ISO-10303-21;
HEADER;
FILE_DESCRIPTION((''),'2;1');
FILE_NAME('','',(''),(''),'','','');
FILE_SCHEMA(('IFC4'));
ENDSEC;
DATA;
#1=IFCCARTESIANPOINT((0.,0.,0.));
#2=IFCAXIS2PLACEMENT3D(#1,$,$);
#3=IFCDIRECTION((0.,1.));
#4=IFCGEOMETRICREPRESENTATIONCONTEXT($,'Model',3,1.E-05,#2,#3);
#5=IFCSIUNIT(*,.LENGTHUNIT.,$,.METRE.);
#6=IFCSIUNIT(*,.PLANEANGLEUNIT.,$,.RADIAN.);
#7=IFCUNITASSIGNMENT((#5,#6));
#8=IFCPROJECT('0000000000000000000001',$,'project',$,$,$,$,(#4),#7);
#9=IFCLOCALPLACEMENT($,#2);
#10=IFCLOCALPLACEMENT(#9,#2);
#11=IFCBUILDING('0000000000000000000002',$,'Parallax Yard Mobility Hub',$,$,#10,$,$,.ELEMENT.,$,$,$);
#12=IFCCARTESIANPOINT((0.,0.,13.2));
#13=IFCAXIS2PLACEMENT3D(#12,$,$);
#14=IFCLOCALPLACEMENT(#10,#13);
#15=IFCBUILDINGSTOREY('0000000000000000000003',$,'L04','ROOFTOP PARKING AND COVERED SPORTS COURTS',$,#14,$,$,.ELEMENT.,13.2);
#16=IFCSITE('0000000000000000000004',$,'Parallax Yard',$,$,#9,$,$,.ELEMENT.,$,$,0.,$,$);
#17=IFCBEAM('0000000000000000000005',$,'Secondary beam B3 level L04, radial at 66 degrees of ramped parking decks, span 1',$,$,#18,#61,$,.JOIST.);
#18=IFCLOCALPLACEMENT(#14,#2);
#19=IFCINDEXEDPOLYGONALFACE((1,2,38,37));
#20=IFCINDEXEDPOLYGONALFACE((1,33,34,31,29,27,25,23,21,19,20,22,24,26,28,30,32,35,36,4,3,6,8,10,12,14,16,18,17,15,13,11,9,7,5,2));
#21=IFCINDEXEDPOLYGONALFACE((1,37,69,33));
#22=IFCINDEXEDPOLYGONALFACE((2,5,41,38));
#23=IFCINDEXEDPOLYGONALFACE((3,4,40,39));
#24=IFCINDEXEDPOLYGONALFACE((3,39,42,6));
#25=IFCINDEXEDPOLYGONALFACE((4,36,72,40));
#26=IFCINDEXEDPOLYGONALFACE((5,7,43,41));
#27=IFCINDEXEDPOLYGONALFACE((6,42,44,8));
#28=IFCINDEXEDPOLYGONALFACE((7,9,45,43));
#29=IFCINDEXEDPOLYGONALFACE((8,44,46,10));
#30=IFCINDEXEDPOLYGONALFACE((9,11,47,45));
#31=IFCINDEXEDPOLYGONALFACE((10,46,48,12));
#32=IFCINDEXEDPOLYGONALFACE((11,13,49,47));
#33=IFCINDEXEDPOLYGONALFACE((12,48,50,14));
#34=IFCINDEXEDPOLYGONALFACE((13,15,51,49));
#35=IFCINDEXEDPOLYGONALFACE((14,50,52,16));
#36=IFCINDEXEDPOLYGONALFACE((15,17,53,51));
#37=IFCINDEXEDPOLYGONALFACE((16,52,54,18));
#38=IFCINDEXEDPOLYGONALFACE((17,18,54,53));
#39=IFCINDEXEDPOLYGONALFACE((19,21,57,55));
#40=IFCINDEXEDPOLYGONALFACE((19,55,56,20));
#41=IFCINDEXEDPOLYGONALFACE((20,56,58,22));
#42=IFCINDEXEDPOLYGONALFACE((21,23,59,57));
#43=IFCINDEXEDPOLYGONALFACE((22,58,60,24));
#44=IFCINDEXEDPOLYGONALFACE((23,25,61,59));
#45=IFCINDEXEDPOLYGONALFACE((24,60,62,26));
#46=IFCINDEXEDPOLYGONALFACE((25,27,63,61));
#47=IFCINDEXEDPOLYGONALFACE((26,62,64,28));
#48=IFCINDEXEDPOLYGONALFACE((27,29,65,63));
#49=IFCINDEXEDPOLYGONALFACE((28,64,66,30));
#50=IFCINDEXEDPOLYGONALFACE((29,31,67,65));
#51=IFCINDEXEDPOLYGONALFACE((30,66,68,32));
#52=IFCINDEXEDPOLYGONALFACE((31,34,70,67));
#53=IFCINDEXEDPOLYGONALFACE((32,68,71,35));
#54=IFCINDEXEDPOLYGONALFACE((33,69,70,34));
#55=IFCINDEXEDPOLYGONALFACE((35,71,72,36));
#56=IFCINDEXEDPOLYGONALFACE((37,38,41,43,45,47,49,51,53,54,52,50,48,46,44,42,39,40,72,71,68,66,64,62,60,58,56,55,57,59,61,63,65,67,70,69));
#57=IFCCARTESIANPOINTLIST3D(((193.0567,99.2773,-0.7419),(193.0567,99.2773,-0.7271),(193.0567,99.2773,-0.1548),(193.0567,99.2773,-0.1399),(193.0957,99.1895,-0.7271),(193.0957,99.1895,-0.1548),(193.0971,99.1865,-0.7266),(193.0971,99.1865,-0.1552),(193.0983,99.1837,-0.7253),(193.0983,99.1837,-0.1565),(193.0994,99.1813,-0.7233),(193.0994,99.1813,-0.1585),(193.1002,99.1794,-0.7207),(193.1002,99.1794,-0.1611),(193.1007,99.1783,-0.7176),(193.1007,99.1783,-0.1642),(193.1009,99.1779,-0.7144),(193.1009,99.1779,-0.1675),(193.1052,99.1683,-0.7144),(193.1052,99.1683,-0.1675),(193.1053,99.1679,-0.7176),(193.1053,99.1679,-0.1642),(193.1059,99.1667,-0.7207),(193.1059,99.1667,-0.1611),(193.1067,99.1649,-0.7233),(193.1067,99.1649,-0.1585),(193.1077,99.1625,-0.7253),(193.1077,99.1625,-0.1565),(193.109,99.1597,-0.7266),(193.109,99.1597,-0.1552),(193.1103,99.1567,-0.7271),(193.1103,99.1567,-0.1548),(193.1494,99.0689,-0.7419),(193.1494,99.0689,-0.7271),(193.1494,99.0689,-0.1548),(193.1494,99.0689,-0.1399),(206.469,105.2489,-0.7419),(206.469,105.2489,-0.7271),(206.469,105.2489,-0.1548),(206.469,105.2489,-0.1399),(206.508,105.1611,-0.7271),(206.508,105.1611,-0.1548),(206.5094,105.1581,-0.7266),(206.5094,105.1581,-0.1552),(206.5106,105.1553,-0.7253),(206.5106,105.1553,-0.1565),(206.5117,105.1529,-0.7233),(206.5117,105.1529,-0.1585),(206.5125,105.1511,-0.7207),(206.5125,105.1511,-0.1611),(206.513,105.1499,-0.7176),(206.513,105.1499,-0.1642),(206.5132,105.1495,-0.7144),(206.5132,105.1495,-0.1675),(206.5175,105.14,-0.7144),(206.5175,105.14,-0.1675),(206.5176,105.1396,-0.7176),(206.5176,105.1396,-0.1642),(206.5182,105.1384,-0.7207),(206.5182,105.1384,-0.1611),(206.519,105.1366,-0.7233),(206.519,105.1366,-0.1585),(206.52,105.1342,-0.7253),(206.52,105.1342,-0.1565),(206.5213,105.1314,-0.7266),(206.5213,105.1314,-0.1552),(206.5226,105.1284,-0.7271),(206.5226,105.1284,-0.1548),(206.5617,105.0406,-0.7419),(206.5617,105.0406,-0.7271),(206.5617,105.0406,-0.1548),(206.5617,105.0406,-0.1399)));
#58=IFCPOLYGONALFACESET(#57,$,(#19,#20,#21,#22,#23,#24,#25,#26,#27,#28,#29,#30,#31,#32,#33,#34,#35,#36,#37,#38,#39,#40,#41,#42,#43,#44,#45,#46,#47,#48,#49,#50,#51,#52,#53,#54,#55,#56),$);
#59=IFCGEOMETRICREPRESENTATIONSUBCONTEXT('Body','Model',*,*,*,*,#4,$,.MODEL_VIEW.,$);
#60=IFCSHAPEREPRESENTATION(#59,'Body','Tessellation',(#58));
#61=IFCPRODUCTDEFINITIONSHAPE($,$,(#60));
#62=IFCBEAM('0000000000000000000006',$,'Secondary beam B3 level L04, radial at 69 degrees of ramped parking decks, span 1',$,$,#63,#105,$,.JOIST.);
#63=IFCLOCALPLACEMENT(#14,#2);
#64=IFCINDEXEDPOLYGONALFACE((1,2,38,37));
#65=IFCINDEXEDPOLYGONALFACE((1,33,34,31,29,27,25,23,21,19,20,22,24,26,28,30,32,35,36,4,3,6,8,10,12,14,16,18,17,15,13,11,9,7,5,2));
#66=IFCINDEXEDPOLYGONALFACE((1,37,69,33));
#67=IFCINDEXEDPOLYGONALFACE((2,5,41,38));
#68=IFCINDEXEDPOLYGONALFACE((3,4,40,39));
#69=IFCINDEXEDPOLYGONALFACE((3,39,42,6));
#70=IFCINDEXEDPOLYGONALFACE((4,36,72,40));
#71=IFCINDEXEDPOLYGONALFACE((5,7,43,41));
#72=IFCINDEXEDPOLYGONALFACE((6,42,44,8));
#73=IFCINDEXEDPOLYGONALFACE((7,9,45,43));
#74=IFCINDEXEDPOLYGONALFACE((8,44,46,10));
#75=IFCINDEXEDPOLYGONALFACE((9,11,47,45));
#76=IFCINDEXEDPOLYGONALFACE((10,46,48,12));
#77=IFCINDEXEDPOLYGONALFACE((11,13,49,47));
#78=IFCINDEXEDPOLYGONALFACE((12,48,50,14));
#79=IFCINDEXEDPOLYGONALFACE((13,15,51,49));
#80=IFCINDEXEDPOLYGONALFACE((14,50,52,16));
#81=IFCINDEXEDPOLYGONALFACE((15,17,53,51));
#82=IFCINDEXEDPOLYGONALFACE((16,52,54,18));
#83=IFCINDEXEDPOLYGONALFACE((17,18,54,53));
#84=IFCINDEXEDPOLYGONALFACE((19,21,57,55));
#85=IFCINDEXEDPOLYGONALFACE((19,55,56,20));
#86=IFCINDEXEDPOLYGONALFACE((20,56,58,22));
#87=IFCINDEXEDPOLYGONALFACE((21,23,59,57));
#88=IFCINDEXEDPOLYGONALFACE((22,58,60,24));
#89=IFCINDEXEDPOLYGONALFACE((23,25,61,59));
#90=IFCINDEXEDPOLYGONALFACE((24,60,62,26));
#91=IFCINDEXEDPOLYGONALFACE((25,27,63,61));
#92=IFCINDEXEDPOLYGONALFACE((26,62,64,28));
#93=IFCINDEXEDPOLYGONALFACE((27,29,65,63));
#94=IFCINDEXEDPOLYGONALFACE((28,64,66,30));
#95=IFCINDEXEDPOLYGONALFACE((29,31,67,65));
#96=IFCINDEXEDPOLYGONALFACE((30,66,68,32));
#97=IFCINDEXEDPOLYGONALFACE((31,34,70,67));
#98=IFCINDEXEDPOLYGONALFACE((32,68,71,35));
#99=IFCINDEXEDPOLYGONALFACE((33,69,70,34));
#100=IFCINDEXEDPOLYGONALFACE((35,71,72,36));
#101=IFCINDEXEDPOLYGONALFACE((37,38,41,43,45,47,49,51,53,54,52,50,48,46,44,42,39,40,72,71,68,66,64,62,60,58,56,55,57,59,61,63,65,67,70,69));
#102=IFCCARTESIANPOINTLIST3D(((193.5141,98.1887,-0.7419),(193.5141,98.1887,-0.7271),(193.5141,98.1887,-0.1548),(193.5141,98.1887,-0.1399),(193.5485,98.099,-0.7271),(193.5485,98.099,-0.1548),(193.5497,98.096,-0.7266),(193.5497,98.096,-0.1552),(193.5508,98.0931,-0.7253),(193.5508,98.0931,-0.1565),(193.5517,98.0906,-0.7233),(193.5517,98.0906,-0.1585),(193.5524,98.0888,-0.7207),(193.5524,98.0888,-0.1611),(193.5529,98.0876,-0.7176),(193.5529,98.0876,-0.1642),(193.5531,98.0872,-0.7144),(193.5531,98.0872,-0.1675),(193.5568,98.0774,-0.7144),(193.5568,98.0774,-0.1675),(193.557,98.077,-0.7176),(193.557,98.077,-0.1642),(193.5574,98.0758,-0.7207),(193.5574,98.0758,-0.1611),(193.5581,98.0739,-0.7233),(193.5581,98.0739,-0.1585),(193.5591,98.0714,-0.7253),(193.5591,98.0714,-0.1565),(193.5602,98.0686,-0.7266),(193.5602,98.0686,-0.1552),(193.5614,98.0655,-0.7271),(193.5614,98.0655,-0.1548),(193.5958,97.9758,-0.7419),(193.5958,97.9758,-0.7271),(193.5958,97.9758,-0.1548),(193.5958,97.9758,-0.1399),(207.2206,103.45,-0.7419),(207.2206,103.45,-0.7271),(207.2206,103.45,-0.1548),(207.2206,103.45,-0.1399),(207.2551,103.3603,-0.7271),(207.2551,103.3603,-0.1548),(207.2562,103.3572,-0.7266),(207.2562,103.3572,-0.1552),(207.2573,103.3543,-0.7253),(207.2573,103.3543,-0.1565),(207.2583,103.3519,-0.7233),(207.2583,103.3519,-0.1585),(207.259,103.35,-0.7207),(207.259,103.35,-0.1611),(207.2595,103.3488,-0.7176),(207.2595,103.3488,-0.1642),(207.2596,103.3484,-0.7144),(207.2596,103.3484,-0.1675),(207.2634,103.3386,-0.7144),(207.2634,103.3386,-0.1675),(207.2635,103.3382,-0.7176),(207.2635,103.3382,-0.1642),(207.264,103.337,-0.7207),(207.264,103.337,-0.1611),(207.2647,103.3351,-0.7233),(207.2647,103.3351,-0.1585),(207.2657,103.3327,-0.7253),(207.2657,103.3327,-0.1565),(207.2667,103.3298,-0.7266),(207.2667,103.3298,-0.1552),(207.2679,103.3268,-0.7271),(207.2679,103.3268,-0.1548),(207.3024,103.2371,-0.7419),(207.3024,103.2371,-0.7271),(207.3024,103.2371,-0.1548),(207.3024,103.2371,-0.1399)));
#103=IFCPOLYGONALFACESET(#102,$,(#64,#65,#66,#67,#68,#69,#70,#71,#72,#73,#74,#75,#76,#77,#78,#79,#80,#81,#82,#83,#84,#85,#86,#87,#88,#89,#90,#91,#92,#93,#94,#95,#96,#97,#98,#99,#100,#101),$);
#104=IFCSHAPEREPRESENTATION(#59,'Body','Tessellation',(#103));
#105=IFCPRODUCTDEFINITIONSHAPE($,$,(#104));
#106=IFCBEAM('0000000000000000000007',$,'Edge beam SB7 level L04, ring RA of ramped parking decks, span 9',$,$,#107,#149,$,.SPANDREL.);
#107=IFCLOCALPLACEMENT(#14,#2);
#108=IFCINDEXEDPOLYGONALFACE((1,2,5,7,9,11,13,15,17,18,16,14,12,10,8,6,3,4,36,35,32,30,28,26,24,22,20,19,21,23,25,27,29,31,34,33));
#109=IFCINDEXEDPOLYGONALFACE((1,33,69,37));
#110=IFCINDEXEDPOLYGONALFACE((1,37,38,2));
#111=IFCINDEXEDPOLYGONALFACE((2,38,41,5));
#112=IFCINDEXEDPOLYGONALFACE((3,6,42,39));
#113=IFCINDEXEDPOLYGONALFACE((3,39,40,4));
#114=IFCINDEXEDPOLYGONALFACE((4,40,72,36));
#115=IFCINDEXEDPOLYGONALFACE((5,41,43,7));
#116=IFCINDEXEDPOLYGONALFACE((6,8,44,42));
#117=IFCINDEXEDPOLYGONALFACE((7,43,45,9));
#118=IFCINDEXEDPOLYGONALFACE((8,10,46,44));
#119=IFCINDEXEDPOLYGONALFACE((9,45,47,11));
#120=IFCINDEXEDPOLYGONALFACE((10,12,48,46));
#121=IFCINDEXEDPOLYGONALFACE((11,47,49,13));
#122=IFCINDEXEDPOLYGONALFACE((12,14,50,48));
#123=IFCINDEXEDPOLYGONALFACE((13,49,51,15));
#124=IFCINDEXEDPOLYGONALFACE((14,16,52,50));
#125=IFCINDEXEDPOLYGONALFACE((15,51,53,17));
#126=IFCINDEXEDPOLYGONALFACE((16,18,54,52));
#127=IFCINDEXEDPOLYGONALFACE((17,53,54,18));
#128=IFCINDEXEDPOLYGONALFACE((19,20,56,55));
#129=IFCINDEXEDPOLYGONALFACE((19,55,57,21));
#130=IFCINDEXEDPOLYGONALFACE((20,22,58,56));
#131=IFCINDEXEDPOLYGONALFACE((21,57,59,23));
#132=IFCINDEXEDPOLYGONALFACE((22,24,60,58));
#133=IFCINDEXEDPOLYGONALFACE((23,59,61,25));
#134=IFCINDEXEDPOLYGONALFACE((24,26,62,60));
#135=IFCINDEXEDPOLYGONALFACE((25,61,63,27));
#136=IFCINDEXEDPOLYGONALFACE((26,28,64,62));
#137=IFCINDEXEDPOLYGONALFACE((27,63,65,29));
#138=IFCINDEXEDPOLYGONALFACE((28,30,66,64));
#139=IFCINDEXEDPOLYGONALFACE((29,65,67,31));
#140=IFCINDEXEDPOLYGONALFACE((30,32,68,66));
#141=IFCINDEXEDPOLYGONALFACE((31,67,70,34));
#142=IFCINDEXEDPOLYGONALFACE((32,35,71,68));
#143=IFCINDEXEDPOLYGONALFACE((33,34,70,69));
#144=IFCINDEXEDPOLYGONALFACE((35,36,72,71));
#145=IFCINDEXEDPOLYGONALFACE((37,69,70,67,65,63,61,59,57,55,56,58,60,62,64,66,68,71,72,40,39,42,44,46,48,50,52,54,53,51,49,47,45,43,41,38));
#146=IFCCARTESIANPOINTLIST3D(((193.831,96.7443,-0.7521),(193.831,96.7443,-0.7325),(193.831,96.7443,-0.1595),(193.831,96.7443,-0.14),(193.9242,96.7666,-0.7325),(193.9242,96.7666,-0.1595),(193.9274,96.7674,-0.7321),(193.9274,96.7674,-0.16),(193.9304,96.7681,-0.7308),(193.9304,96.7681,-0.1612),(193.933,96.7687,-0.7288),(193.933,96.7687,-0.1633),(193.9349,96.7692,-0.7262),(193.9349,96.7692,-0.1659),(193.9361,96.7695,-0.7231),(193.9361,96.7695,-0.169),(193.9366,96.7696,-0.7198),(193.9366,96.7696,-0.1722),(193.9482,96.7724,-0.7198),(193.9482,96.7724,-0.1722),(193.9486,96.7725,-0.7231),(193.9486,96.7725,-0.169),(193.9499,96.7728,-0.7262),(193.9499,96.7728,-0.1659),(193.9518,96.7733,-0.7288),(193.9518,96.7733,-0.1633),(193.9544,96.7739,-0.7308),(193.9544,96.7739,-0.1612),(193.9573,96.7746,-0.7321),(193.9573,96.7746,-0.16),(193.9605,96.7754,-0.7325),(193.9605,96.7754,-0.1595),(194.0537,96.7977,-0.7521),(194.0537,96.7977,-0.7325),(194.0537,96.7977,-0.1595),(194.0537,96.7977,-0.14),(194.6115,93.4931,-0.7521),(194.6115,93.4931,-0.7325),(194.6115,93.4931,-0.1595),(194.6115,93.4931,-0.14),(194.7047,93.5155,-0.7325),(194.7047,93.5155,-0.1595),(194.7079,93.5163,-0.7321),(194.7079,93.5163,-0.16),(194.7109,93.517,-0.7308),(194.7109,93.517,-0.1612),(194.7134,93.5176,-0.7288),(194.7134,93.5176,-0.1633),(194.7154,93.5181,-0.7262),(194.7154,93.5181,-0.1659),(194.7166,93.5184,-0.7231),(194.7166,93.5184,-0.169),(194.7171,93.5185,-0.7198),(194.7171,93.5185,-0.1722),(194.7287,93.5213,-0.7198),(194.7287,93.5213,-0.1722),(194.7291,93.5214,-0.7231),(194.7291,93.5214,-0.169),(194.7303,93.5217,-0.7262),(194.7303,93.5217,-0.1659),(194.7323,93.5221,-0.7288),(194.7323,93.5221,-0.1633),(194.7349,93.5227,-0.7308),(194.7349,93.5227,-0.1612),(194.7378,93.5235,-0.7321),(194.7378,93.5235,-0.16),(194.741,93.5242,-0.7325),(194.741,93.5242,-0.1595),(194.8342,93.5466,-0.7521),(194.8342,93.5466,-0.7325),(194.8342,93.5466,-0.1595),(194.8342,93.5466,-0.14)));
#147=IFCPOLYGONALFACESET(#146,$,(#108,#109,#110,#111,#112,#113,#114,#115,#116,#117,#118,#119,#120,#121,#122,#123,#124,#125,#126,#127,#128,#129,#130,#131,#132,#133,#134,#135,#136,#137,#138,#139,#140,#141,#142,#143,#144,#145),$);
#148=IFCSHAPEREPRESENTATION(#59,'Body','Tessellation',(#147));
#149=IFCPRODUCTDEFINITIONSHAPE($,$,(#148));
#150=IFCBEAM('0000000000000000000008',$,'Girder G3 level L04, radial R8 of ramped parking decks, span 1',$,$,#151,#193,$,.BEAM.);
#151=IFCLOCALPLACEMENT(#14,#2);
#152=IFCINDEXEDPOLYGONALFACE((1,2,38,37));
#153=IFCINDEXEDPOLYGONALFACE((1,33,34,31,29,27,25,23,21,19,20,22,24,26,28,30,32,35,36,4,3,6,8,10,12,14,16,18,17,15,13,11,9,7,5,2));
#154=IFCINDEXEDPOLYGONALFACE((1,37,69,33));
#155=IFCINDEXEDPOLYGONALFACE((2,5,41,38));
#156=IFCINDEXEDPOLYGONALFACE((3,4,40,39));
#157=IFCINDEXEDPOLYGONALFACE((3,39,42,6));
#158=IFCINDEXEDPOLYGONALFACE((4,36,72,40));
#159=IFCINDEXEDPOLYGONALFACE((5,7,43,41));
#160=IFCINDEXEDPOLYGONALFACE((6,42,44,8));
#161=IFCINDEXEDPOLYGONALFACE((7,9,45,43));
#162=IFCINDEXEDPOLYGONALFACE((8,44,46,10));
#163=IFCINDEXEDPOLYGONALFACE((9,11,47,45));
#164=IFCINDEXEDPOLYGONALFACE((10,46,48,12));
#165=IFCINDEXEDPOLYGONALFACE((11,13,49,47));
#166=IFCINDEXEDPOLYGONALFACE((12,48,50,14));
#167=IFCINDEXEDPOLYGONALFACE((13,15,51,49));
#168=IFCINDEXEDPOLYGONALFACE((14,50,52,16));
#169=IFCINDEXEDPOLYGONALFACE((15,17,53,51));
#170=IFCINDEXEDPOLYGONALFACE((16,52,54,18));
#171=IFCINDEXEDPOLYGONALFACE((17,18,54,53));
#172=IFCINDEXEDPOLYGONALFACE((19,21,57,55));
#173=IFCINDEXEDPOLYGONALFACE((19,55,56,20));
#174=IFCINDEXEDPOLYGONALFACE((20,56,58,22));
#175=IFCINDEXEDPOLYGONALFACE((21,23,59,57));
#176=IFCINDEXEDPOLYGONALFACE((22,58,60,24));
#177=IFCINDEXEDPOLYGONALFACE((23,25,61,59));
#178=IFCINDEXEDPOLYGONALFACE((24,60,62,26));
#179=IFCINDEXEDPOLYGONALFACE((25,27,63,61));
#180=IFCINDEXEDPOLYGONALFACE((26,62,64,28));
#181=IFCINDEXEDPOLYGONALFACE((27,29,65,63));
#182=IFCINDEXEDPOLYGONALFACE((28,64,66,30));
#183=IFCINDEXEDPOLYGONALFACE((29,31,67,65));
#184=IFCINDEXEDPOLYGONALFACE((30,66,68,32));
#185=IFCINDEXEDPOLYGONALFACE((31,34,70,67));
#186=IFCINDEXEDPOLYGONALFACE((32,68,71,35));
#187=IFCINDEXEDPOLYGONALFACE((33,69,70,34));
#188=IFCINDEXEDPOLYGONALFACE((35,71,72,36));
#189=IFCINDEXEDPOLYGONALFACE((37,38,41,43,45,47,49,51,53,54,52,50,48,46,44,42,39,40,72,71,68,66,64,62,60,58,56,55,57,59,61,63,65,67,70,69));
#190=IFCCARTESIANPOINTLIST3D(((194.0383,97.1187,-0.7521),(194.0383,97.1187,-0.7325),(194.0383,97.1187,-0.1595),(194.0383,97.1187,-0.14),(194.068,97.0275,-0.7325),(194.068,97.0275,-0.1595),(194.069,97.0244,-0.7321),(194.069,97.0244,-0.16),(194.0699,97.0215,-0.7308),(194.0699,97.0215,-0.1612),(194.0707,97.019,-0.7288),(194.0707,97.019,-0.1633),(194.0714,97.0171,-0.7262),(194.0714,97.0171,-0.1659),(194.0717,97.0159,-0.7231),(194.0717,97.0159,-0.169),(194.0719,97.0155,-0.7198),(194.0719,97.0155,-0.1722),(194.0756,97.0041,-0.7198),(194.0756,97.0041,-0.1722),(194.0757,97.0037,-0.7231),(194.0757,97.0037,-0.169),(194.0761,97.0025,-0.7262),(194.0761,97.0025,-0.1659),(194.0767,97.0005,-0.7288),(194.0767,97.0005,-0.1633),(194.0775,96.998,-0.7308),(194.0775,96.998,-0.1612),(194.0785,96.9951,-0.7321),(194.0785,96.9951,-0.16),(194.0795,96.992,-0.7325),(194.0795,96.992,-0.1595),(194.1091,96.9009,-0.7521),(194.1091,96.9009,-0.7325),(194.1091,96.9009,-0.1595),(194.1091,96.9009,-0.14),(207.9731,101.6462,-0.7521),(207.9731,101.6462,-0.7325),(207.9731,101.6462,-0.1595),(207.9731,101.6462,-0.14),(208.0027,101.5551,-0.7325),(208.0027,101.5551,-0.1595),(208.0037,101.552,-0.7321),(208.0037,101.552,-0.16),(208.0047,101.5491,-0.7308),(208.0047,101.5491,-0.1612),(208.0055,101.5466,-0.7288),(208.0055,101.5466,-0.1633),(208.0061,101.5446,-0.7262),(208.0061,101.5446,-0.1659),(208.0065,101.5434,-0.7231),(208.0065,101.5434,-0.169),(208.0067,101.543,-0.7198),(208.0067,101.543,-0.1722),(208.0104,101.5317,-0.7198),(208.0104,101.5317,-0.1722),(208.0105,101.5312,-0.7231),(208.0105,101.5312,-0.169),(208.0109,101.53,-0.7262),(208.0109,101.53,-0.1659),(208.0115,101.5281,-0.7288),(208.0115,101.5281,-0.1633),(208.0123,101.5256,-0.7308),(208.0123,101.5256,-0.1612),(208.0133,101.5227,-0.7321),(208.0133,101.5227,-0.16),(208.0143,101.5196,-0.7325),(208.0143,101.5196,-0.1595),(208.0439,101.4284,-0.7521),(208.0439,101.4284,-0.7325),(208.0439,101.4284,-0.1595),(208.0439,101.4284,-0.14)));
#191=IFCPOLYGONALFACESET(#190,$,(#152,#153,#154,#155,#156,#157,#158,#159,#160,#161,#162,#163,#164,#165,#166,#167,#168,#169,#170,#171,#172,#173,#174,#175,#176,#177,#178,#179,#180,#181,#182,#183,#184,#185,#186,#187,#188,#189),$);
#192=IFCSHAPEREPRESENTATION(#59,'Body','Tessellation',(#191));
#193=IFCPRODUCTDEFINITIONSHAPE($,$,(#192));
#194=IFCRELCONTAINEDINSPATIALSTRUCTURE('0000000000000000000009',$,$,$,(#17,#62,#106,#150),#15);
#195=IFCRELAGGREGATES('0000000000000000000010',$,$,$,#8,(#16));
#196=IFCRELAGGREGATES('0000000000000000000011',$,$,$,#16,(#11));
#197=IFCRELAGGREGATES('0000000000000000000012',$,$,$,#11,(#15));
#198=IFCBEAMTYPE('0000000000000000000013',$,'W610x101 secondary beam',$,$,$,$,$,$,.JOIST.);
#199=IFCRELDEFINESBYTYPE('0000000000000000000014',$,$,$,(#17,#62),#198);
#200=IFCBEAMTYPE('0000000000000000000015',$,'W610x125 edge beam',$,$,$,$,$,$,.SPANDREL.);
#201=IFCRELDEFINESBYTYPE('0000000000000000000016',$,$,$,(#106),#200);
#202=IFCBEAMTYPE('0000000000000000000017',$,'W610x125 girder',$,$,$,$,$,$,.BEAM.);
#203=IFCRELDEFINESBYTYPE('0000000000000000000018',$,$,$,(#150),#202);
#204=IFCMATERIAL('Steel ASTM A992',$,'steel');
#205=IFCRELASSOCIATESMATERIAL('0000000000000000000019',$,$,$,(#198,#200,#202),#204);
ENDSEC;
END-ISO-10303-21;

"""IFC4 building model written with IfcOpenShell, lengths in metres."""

from ifc_helpers import new_model, si_unit, direction, frame, origin, origin_2d, place, context, subcontext, project, spatial, i_section, extrude, material, material_profile, profile_set, type_object, element, save


model = new_model("IFC4")

# Units and contexts
model_context = context("Model", 3, precision=1e-05, world=origin(), true_north=direction((0.0, 1.0)))
body_context = subcontext(model_context, "Body", "Model", "MODEL_VIEW")
ifc_project = project(units=[si_unit("LENGTHUNIT", "METRE"), si_unit("PLANEANGLEUNIT", "RADIAN")], contexts=[model_context])

# Site, building, storey
site_placement = place(None, origin())
site = spatial("IfcSite", under=ifc_project, at=site_placement, Name="Parallax Yard", CompositionType="ELEMENT", RefElevation=0.0)
building_placement = place(site_placement, origin())
building = spatial("IfcBuilding", under=site, at=building_placement, Name="Parallax Yard Mobility Hub", CompositionType="ELEMENT")
storey_placement = place(building_placement, frame((0.0, 0.0, 13.2)))
storey = spatial("IfcBuildingStorey", under=building, at=storey_placement, Name="L04", Description="ROOFTOP PARKING AND COVERED SPORTS COURTS", CompositionType="ELEMENT", Elevation=13.2)

# Beams
ifc_material_1 = material(Name="Steel ASTM A992", Category="steel")
ifc_material_profile_1 = material_profile(ifc_material_1, i_section(OverallWidth=0.228, OverallDepth=0.6021, WebThickness=0.0105, FlangeThickness=0.0149, FilletRadius=0.0127, at=origin_2d()), Name="W610x101")
ifc_profile_set_1 = profile_set([ifc_material_profile_1], Name="Steel ASTM A992")
beam_type_1 = type_object("IfcBeamType", Name="W610x101 secondary beam", PredefinedType="JOIST", material=ifc_profile_set_1)
for number, where, z_axis, x_axis, name in (
    (1, (193.103, 99.1731, -0.4409), (0.913543, 0.406743, 0.0), (-0.406743, 0.913543, 0.0), "Secondary beam B3 level L04, radial at 66 degrees of ramped parking decks, span 1"),
    (2, (193.5549, 98.0823, -0.4409), (0.933585, 0.358355, 0.0), (-0.358355, 0.933585, 0.0), "Secondary beam B3 level L04, radial at 69 degrees of ramped parking decks, span 1"),
):
    element("IfcBeam", number, at=place(storey_placement, frame(where, z_axis=z_axis, x_axis=x_axis)), inside=storey, type_object=beam_type_1, Name=name, PredefinedType="JOIST", context=body_context, shape_type="SweptSolid", body=[
        extrude(i_section(OverallWidth=0.228, OverallDepth=0.6021, WebThickness=0.0105, FlangeThickness=0.0149, FilletRadius=0.0127, at=origin_2d()), origin(), (0.0, 0.0, 1.0), 14.6816),
    ])
ifc_material_profile_2 = material_profile(ifc_material_1, i_section(OverallWidth=0.229, OverallDepth=0.6121, WebThickness=0.012, FlangeThickness=0.0195, FilletRadius=0.0127, at=origin_2d()), Name="W610x125")
ifc_profile_set_2 = profile_set([ifc_material_profile_2], Name="Steel ASTM A992")
beam_type_2 = type_object("IfcBeamType", Name="W610x125 edge beam", PredefinedType="SPANDREL", material=ifc_profile_set_2)
beam_1_placement = place(storey_placement, frame((193.9424, 96.771, -0.446), z_axis=(0.233436, -0.972372, 0.0), x_axis=(0.972372, 0.233436, 0.0)))
element("IfcBeam", 3, at=beam_1_placement, inside=storey, type_object=beam_type_2, Name="Edge beam SB7 level L04, ring RA of ramped parking decks, span 9", PredefinedType="SPANDREL", context=body_context, shape_type="SweptSolid", body=[
    extrude(i_section(OverallWidth=0.229, OverallDepth=0.6121, WebThickness=0.012, FlangeThickness=0.0195, FilletRadius=0.0127, at=origin_2d()), origin(), (0.0, 0.0, 1.0), 3.3435),
])
ifc_material_profile_3 = material_profile(ifc_material_1, i_section(OverallWidth=0.229, OverallDepth=0.6121, WebThickness=0.012, FlangeThickness=0.0195, FilletRadius=0.0127, at=origin_2d()), Name="W610x125")
ifc_profile_set_3 = profile_set([ifc_material_profile_3], Name="Steel ASTM A992")
beam_type_3 = type_object("IfcBeamType", Name="W610x125 girder", PredefinedType="BEAM", material=ifc_profile_set_3)
beam_2_placement = place(storey_placement, frame((194.0737, 97.0098, -0.446), z_axis=(0.951059, 0.30901, 0.0), x_axis=(-0.30901, 0.951059, 0.0)))
element("IfcBeam", 4, at=beam_2_placement, inside=storey, type_object=beam_type_3, Name="Girder G3 level L04, radial R8 of ramped parking decks, span 1", PredefinedType="BEAM", context=body_context, shape_type="SweptSolid", body=[
    extrude(i_section(OverallWidth=0.229, OverallDepth=0.6121, WebThickness=0.012, FlangeThickness=0.0195, FilletRadius=0.0127, at=origin_2d()), origin(), (0.0, 0.0, 1.0), 14.6519),
])

save(model, "model.ifc")
